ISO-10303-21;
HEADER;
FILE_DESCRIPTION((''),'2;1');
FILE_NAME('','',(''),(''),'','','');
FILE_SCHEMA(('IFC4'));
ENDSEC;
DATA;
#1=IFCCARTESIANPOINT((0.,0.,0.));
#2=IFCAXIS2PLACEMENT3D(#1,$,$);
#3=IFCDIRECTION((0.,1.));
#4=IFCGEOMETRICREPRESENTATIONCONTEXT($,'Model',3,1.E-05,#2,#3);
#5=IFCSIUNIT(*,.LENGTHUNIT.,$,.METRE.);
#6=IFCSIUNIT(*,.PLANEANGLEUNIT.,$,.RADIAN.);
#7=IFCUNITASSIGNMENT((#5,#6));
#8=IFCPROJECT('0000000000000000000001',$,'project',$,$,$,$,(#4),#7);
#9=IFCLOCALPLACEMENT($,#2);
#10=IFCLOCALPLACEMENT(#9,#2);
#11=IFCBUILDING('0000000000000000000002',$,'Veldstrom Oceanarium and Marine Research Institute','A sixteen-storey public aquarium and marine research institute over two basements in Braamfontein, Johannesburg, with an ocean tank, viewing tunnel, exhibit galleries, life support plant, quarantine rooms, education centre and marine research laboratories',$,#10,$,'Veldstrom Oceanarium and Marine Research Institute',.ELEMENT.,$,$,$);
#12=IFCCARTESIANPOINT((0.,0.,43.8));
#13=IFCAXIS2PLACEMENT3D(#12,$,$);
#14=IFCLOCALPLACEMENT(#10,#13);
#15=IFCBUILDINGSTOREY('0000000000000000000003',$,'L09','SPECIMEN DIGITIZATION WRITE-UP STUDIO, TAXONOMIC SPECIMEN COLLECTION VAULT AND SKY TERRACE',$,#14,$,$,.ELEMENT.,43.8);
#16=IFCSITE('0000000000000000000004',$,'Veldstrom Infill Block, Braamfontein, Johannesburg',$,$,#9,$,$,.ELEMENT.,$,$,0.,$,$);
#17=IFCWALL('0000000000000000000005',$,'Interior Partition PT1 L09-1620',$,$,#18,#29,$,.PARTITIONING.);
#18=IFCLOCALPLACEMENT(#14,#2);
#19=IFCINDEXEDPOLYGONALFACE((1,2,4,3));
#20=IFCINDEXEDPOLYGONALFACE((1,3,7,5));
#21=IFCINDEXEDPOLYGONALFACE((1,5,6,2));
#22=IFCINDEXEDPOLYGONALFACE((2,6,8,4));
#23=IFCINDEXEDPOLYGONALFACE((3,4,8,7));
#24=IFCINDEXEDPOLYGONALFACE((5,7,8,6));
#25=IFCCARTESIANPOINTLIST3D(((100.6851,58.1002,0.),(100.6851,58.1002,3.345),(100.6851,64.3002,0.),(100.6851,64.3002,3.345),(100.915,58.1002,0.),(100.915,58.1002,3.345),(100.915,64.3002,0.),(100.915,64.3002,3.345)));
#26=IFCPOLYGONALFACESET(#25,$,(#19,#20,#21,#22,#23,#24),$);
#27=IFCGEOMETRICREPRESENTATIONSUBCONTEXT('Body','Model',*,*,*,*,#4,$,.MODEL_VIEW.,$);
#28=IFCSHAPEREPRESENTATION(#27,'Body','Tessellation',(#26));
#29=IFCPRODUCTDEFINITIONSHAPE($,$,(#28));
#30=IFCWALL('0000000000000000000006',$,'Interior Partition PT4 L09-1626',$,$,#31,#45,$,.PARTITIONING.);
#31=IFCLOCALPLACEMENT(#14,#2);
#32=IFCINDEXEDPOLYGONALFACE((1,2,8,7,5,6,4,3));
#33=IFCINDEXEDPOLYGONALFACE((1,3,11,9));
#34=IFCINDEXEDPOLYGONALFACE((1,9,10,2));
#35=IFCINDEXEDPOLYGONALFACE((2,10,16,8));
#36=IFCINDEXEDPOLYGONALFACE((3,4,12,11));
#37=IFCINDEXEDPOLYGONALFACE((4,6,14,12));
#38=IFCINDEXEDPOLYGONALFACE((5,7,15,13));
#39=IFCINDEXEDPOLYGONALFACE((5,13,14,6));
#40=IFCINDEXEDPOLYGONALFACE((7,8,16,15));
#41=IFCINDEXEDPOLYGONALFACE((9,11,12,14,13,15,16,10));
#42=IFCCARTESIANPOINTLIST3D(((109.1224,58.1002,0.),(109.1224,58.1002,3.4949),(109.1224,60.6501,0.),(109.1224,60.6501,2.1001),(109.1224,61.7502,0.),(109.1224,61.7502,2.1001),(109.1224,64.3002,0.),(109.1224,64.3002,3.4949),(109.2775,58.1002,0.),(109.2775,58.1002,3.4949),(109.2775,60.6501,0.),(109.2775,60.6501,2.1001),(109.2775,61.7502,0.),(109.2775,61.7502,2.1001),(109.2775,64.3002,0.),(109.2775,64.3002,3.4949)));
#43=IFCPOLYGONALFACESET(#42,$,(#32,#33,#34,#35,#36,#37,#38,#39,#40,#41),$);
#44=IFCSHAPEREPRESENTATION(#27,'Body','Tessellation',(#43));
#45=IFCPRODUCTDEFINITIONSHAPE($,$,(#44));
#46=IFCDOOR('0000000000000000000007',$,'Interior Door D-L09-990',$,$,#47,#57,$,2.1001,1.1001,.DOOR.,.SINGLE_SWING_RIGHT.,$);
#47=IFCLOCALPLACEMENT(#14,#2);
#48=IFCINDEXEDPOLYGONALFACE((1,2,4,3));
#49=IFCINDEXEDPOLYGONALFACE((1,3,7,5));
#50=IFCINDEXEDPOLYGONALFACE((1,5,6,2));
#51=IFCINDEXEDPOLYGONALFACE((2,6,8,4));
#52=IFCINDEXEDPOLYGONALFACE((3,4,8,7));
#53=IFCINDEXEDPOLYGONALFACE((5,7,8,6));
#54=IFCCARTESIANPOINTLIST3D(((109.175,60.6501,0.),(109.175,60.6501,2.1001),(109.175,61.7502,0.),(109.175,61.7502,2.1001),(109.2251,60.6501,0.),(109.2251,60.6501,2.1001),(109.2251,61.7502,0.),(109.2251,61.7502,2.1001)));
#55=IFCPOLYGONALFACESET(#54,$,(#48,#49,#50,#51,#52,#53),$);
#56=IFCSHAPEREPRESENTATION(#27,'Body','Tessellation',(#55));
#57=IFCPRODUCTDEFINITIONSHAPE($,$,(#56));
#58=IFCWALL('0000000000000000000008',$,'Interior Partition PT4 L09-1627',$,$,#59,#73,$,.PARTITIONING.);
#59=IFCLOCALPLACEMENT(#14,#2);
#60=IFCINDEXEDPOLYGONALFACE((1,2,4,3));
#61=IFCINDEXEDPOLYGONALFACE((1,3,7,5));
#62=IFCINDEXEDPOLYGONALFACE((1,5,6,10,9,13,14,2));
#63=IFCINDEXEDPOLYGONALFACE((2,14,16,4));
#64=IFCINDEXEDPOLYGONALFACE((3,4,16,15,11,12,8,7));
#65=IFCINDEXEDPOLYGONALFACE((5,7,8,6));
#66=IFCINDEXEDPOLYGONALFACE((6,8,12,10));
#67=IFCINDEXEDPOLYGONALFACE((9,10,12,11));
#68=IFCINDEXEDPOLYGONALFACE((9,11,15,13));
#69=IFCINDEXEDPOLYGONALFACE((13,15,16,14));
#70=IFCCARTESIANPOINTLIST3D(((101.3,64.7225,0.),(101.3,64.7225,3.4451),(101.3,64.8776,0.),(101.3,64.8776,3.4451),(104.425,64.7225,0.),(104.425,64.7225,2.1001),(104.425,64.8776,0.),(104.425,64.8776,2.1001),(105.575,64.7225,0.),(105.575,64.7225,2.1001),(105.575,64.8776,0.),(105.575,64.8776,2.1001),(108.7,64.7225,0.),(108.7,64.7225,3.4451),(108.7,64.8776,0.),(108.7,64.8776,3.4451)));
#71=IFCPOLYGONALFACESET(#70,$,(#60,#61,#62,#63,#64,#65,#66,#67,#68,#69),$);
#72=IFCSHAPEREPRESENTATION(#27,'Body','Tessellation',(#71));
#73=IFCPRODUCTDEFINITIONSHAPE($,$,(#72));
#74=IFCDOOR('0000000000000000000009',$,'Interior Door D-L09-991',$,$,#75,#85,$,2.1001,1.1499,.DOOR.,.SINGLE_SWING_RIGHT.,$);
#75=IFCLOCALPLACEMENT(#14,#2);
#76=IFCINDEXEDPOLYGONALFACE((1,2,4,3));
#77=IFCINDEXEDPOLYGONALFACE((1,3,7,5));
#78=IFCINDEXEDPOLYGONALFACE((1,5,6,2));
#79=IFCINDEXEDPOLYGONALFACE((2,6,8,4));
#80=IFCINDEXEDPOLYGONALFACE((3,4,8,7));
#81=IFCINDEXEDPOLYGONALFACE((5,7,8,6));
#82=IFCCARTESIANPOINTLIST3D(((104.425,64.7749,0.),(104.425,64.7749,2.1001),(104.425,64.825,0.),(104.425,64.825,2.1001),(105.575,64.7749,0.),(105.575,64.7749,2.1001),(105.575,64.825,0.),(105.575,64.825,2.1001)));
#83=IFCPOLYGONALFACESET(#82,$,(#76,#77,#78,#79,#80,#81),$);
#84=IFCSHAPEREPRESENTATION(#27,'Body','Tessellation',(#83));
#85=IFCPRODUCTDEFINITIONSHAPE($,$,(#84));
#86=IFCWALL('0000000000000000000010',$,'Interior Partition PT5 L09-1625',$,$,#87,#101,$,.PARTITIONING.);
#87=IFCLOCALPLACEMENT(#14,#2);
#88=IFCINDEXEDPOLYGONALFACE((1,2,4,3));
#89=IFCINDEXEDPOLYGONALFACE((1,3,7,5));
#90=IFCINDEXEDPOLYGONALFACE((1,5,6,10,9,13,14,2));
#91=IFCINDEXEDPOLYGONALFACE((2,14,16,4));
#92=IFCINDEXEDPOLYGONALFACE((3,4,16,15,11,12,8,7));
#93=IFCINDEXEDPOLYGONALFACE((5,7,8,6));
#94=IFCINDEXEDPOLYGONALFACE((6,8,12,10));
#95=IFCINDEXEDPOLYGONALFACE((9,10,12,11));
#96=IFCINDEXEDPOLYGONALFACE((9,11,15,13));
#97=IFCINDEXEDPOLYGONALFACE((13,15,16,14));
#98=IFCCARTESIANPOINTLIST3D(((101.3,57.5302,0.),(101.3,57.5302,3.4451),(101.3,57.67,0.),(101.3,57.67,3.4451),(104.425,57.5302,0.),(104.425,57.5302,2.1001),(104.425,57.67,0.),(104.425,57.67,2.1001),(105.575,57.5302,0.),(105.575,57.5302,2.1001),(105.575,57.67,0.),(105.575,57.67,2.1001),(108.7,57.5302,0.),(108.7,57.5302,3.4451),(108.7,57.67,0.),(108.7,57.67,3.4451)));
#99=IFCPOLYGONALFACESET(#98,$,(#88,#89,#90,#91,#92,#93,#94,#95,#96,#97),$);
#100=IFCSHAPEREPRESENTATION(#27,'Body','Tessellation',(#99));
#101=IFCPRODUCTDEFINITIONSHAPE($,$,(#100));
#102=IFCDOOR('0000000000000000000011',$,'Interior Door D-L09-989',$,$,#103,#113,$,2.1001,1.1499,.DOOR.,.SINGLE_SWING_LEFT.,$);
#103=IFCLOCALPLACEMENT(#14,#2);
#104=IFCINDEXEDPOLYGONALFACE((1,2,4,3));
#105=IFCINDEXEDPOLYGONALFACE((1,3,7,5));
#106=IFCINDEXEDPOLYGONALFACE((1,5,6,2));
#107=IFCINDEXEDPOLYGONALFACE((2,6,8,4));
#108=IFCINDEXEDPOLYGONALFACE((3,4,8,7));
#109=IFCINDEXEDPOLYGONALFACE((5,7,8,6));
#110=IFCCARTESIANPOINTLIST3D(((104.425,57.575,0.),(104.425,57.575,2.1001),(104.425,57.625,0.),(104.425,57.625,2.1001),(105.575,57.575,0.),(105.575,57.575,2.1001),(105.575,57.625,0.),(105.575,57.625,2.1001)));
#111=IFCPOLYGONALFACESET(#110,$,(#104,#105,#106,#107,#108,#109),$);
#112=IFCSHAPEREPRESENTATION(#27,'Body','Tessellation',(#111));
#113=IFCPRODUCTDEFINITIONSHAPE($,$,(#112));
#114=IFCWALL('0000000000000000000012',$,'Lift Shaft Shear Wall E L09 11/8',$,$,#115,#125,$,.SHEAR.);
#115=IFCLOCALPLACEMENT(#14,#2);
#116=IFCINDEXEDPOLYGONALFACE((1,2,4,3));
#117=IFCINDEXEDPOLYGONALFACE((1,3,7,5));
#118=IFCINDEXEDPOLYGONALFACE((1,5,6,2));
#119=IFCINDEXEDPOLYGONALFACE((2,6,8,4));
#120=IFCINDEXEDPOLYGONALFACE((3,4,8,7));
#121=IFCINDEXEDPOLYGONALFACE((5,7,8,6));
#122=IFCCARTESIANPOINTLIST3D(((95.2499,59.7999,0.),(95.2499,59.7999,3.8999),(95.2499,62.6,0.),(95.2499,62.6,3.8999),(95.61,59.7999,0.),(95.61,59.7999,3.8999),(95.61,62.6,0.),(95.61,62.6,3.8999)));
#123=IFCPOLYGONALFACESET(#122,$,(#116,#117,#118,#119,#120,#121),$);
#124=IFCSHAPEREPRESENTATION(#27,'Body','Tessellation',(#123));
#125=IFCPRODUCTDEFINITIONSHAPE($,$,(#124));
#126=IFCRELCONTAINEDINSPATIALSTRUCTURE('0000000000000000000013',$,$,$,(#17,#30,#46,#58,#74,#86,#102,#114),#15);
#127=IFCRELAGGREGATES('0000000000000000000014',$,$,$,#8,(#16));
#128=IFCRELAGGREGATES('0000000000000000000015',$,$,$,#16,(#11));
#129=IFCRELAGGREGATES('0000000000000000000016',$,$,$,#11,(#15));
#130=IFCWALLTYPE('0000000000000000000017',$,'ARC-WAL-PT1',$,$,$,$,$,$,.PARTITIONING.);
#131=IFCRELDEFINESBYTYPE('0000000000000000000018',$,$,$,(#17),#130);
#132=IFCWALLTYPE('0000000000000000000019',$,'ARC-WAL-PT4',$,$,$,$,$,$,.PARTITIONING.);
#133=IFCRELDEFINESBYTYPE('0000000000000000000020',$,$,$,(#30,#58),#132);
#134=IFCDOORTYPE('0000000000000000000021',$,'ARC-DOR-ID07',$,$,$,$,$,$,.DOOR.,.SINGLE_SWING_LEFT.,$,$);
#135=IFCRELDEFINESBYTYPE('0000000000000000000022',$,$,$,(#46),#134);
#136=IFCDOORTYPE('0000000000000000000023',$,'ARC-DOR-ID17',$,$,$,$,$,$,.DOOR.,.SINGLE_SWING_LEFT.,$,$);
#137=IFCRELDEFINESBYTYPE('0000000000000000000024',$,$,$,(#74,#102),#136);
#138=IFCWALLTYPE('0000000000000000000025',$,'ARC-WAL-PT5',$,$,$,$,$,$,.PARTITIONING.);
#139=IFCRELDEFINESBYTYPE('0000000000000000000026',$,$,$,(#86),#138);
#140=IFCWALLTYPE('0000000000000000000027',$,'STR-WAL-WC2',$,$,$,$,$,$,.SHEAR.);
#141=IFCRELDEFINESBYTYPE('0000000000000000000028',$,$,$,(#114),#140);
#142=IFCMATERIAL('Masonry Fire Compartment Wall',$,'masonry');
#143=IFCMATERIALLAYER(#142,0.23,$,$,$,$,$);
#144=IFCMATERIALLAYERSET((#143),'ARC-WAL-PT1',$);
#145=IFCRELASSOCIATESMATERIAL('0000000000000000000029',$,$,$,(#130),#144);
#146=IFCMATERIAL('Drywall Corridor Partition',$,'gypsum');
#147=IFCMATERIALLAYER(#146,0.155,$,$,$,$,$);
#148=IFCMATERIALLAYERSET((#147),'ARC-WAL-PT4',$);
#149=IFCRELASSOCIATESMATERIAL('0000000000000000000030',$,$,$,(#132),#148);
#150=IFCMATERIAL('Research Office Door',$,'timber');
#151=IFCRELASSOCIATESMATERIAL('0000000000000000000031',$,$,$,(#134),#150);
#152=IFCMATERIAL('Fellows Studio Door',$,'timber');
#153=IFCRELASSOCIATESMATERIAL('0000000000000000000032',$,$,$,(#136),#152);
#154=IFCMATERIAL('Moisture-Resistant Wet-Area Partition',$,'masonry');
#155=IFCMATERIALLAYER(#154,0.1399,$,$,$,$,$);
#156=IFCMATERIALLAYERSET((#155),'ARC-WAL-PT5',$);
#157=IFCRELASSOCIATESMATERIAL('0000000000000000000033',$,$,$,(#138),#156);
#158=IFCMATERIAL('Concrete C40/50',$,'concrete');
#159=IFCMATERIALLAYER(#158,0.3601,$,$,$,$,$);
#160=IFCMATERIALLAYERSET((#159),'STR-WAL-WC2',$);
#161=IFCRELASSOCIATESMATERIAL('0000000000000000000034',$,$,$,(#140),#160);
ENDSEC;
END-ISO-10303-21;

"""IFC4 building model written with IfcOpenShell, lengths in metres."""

from ifc_helpers import new_model, si_unit, direction, frame, frame_2d, origin, place, context, subcontext, project, spatial, rectangle, extrude, material, layer, layer_set, type_object, element, fill, save


model = new_model("IFC4")

# Units and contexts
model_context = context("Model", 3, precision=1e-05, world=origin(), true_north=direction((0.0, 1.0)))
body_context = subcontext(model_context, "Body", "Model", "MODEL_VIEW")
ifc_project = project(units=[si_unit("LENGTHUNIT", "METRE"), si_unit("PLANEANGLEUNIT", "RADIAN")], contexts=[model_context])

# Site, building, storey
site_placement = place(None, origin())
site = spatial("IfcSite", under=ifc_project, at=site_placement, Name="Veldstrom Infill Block, Braamfontein, Johannesburg", CompositionType="ELEMENT", RefElevation=0.0)
building_placement = place(site_placement, origin())
building = spatial("IfcBuilding", under=site, at=building_placement, Name="Veldstrom Oceanarium and Marine Research Institute", Description="A sixteen-storey public aquarium and marine research institute over two basements in Braamfontein, Johannesburg, with an ocean tank, viewing tunnel, exhibit galleries, life support plant, quarantine rooms, education centre and marine research laboratories", LongName="Veldstrom Oceanarium and Marine Research Institute", CompositionType="ELEMENT")
storey_placement = place(building_placement, frame((0.0, 0.0, 43.8)))
storey = spatial("IfcBuildingStorey", under=building, at=storey_placement, Name="L09", Description="SPECIMEN DIGITIZATION WRITE-UP STUDIO, TAXONOMIC SPECIMEN COLLECTION VAULT AND SKY TERRACE", CompositionType="ELEMENT", Elevation=43.8)

# Wall
ifc_material_1 = material(Name="Masonry Fire Compartment Wall", Category="masonry")
ifc_layer_1 = layer(ifc_material_1, 0.23)
ifc_layer_set_1 = layer_set([ifc_layer_1], Name="ARC-WAL-PT1")
wall_type_1 = type_object("IfcWallType", Name="ARC-WAL-PT1", PredefinedType="PARTITIONING", material=ifc_layer_set_1)
wall_1_placement = place(storey_placement, frame((100.8, 58.1001, 0.0), z_axis=(0.0, 0.0, 1.0), x_axis=(0.0, 1.0, 0.0)))
element("IfcWall", 1, at=wall_1_placement, inside=storey, type_object=wall_type_1, Name="Interior Partition PT1 L09-1620", PredefinedType="PARTITIONING", context=body_context, shape_type="SweptSolid", body=[
    extrude(rectangle(XDim=6.2, YDim=0.23, at=frame_2d((3.1001, 0.0))), origin(), (0.0, 0.0, 1.0), 3.345),
])

# Walls, openings, doors
ifc_material_2 = material(Name="Drywall Corridor Partition", Category="gypsum")
ifc_layer_2 = layer(ifc_material_2, 0.155)
ifc_layer_set_2 = layer_set([ifc_layer_2], Name="ARC-WAL-PT4")
wall_type_2 = type_object("IfcWallType", Name="ARC-WAL-PT4", PredefinedType="PARTITIONING", material=ifc_layer_set_2)
wall_2_placement = place(storey_placement, frame((109.2, 58.1001, 0.0), z_axis=(0.0, 0.0, 1.0), x_axis=(0.0, 1.0, 0.0)))
wall_2 = element("IfcWall", 2, at=wall_2_placement, inside=storey, type_object=wall_type_2, Name="Interior Partition PT4 L09-1626", PredefinedType="PARTITIONING", context=body_context, shape_type="SweptSolid", body=[
    extrude(rectangle(XDim=6.2, YDim=0.155, at=frame_2d((3.1001, 0.0))), origin(), (0.0, 0.0, 1.0), 3.4949),
])
opening_1_placement = place(wall_2_placement, frame((2.55, 0.0, 0.0)))
opening_1 = element("IfcOpeningElement", 3, at=opening_1_placement, cuts=wall_2, PredefinedType="OPENING", context=body_context, shape_type="SweptSolid", body=[
    extrude(rectangle(XDim=1.1001, YDim=2.1001, at=frame_2d((0.55, 1.05))), frame((0.0, 0.0874, 0.0), z_axis=(0.0, -1.0, 0.0), x_axis=(1.0, 0.0, 0.0)), (0.0, 0.0, 1.0), 0.175),
])
ifc_material_3 = material(Name="Research Office Door", Category="timber")
door_type_1 = type_object("IfcDoorType", Name="ARC-DOR-ID07", OperationType="SINGLE_SWING_LEFT", PredefinedType="DOOR", material=ifc_material_3)
door_1_placement = place(opening_1_placement, origin())
door_1 = element("IfcDoor", 4, at=door_1_placement, inside=storey, type_object=door_type_1, Name="Interior Door D-L09-990", OperationType="SINGLE_SWING_RIGHT", OverallHeight=2.1001, OverallWidth=1.1001, PredefinedType="DOOR", context=body_context, shape_type="SweptSolid", body=[
    extrude(rectangle(XDim=1.1001, YDim=2.1001, at=frame_2d((0.55, 1.05))), frame((0.0, 0.0249, 0.0), z_axis=(0.0, -1.0, 0.0), x_axis=(1.0, 0.0, 0.0)), (0.0, 0.0, 1.0), 0.05),
])
fill(opening_1, door_1)
wall_3_placement = place(storey_placement, frame((101.3, 64.8, 0.0), z_axis=(0.0, 0.0, 1.0), x_axis=(1.0, 0.0, 0.0)))
wall_3 = element("IfcWall", 5, at=wall_3_placement, inside=storey, type_object=wall_type_2, Name="Interior Partition PT4 L09-1627", PredefinedType="PARTITIONING", context=body_context, shape_type="SweptSolid", body=[
    extrude(rectangle(XDim=7.3999, YDim=0.155, at=frame_2d((3.7, 0.0))), origin(), (0.0, 0.0, 1.0), 3.4451),
])
opening_2_placement = place(wall_3_placement, frame((3.125, 0.0, 0.0)))
opening_2 = element("IfcOpeningElement", 6, at=opening_2_placement, cuts=wall_3, PredefinedType="OPENING", context=body_context, shape_type="SweptSolid", body=[
    extrude(rectangle(XDim=1.1499, YDim=2.1001, at=frame_2d((0.575, 1.05))), frame((0.0, 0.0874, 0.0), z_axis=(0.0, -1.0, 0.0), x_axis=(1.0, 0.0, 0.0)), (0.0, 0.0, 1.0), 0.175),
])
ifc_material_4 = material(Name="Fellows Studio Door", Category="timber")
door_type_2 = type_object("IfcDoorType", Name="ARC-DOR-ID17", OperationType="SINGLE_SWING_LEFT", PredefinedType="DOOR", material=ifc_material_4)
door_2_placement = place(opening_2_placement, origin())
door_2 = element("IfcDoor", 7, at=door_2_placement, inside=storey, type_object=door_type_2, Name="Interior Door D-L09-991", OperationType="SINGLE_SWING_RIGHT", OverallHeight=2.1001, OverallWidth=1.1499, PredefinedType="DOOR", context=body_context, shape_type="SweptSolid", body=[
    extrude(rectangle(XDim=1.1499, YDim=2.1001, at=frame_2d((0.575, 1.05))), frame((0.0, 0.0249, 0.0), z_axis=(0.0, -1.0, 0.0), x_axis=(1.0, 0.0, 0.0)), (0.0, 0.0, 1.0), 0.05),
])
fill(opening_2, door_2)
ifc_material_5 = material(Name="Moisture-Resistant Wet-Area Partition", Category="masonry")
ifc_layer_3 = layer(ifc_material_5, 0.1399)
ifc_layer_set_3 = layer_set([ifc_layer_3], Name="ARC-WAL-PT5")
wall_type_3 = type_object("IfcWallType", Name="ARC-WAL-PT5", PredefinedType="PARTITIONING", material=ifc_layer_set_3)
wall_4_placement = place(storey_placement, frame((101.3, 57.6001, 0.0), z_axis=(0.0, 0.0, 1.0), x_axis=(1.0, 0.0, 0.0)))
wall_4 = element("IfcWall", 8, at=wall_4_placement, inside=storey, type_object=wall_type_3, Name="Interior Partition PT5 L09-1625", PredefinedType="PARTITIONING", context=body_context, shape_type="SweptSolid", body=[
    extrude(rectangle(XDim=7.3999, YDim=0.1399, at=frame_2d((3.7, 0.0))), origin(), (0.0, 0.0, 1.0), 3.4451),
])
opening_3_placement = place(wall_4_placement, frame((3.125, 0.0, 0.0)))
opening_3 = element("IfcOpeningElement", 9, at=opening_3_placement, cuts=wall_4, PredefinedType="OPENING", context=body_context, shape_type="SweptSolid", body=[
    extrude(rectangle(XDim=1.1499, YDim=2.1001, at=frame_2d((0.575, 1.05))), frame((0.0, 0.0798, 0.0), z_axis=(0.0, -1.0, 0.0), x_axis=(1.0, 0.0, 0.0)), (0.0, 0.0, 1.0), 0.1599),
])
door_3_placement = place(opening_3_placement, origin())
door_3 = element("IfcDoor", 10, at=door_3_placement, inside=storey, type_object=door_type_2, Name="Interior Door D-L09-989", OperationType="SINGLE_SWING_LEFT", OverallHeight=2.1001, OverallWidth=1.1499, PredefinedType="DOOR", context=body_context, shape_type="SweptSolid", body=[
    extrude(rectangle(XDim=1.1499, YDim=2.1001, at=frame_2d((0.575, 1.05))), frame((0.0, 0.0249, 0.0), z_axis=(0.0, -1.0, 0.0), x_axis=(1.0, 0.0, 0.0)), (0.0, 0.0, 1.0), 0.05),
])
fill(opening_3, door_3)

# Wall
ifc_material_6 = material(Name="Concrete C40/50", Category="concrete")
ifc_layer_4 = layer(ifc_material_6, 0.3601)
ifc_layer_set_4 = layer_set([ifc_layer_4], Name="STR-WAL-WC2")
wall_type_4 = type_object("IfcWallType", Name="STR-WAL-WC2", PredefinedType="SHEAR", material=ifc_layer_set_4)
wall_5_placement = place(storey_placement, frame((95.4299, 59.8, 0.0), z_axis=(0.0, 0.0, 1.0), x_axis=(0.0, 1.0, 0.0)))
element("IfcWall", 11, at=wall_5_placement, inside=storey, type_object=wall_type_4, Name="Lift Shaft Shear Wall E L09 11/8", PredefinedType="SHEAR", context=body_context, shape_type="SweptSolid", body=[
    extrude(rectangle(XDim=2.8, YDim=0.3601, at=frame_2d((1.3999, 0.0))), origin(), (0.0, 0.0, 1.0), 3.8999),
])

save(model, "model.ifc")
